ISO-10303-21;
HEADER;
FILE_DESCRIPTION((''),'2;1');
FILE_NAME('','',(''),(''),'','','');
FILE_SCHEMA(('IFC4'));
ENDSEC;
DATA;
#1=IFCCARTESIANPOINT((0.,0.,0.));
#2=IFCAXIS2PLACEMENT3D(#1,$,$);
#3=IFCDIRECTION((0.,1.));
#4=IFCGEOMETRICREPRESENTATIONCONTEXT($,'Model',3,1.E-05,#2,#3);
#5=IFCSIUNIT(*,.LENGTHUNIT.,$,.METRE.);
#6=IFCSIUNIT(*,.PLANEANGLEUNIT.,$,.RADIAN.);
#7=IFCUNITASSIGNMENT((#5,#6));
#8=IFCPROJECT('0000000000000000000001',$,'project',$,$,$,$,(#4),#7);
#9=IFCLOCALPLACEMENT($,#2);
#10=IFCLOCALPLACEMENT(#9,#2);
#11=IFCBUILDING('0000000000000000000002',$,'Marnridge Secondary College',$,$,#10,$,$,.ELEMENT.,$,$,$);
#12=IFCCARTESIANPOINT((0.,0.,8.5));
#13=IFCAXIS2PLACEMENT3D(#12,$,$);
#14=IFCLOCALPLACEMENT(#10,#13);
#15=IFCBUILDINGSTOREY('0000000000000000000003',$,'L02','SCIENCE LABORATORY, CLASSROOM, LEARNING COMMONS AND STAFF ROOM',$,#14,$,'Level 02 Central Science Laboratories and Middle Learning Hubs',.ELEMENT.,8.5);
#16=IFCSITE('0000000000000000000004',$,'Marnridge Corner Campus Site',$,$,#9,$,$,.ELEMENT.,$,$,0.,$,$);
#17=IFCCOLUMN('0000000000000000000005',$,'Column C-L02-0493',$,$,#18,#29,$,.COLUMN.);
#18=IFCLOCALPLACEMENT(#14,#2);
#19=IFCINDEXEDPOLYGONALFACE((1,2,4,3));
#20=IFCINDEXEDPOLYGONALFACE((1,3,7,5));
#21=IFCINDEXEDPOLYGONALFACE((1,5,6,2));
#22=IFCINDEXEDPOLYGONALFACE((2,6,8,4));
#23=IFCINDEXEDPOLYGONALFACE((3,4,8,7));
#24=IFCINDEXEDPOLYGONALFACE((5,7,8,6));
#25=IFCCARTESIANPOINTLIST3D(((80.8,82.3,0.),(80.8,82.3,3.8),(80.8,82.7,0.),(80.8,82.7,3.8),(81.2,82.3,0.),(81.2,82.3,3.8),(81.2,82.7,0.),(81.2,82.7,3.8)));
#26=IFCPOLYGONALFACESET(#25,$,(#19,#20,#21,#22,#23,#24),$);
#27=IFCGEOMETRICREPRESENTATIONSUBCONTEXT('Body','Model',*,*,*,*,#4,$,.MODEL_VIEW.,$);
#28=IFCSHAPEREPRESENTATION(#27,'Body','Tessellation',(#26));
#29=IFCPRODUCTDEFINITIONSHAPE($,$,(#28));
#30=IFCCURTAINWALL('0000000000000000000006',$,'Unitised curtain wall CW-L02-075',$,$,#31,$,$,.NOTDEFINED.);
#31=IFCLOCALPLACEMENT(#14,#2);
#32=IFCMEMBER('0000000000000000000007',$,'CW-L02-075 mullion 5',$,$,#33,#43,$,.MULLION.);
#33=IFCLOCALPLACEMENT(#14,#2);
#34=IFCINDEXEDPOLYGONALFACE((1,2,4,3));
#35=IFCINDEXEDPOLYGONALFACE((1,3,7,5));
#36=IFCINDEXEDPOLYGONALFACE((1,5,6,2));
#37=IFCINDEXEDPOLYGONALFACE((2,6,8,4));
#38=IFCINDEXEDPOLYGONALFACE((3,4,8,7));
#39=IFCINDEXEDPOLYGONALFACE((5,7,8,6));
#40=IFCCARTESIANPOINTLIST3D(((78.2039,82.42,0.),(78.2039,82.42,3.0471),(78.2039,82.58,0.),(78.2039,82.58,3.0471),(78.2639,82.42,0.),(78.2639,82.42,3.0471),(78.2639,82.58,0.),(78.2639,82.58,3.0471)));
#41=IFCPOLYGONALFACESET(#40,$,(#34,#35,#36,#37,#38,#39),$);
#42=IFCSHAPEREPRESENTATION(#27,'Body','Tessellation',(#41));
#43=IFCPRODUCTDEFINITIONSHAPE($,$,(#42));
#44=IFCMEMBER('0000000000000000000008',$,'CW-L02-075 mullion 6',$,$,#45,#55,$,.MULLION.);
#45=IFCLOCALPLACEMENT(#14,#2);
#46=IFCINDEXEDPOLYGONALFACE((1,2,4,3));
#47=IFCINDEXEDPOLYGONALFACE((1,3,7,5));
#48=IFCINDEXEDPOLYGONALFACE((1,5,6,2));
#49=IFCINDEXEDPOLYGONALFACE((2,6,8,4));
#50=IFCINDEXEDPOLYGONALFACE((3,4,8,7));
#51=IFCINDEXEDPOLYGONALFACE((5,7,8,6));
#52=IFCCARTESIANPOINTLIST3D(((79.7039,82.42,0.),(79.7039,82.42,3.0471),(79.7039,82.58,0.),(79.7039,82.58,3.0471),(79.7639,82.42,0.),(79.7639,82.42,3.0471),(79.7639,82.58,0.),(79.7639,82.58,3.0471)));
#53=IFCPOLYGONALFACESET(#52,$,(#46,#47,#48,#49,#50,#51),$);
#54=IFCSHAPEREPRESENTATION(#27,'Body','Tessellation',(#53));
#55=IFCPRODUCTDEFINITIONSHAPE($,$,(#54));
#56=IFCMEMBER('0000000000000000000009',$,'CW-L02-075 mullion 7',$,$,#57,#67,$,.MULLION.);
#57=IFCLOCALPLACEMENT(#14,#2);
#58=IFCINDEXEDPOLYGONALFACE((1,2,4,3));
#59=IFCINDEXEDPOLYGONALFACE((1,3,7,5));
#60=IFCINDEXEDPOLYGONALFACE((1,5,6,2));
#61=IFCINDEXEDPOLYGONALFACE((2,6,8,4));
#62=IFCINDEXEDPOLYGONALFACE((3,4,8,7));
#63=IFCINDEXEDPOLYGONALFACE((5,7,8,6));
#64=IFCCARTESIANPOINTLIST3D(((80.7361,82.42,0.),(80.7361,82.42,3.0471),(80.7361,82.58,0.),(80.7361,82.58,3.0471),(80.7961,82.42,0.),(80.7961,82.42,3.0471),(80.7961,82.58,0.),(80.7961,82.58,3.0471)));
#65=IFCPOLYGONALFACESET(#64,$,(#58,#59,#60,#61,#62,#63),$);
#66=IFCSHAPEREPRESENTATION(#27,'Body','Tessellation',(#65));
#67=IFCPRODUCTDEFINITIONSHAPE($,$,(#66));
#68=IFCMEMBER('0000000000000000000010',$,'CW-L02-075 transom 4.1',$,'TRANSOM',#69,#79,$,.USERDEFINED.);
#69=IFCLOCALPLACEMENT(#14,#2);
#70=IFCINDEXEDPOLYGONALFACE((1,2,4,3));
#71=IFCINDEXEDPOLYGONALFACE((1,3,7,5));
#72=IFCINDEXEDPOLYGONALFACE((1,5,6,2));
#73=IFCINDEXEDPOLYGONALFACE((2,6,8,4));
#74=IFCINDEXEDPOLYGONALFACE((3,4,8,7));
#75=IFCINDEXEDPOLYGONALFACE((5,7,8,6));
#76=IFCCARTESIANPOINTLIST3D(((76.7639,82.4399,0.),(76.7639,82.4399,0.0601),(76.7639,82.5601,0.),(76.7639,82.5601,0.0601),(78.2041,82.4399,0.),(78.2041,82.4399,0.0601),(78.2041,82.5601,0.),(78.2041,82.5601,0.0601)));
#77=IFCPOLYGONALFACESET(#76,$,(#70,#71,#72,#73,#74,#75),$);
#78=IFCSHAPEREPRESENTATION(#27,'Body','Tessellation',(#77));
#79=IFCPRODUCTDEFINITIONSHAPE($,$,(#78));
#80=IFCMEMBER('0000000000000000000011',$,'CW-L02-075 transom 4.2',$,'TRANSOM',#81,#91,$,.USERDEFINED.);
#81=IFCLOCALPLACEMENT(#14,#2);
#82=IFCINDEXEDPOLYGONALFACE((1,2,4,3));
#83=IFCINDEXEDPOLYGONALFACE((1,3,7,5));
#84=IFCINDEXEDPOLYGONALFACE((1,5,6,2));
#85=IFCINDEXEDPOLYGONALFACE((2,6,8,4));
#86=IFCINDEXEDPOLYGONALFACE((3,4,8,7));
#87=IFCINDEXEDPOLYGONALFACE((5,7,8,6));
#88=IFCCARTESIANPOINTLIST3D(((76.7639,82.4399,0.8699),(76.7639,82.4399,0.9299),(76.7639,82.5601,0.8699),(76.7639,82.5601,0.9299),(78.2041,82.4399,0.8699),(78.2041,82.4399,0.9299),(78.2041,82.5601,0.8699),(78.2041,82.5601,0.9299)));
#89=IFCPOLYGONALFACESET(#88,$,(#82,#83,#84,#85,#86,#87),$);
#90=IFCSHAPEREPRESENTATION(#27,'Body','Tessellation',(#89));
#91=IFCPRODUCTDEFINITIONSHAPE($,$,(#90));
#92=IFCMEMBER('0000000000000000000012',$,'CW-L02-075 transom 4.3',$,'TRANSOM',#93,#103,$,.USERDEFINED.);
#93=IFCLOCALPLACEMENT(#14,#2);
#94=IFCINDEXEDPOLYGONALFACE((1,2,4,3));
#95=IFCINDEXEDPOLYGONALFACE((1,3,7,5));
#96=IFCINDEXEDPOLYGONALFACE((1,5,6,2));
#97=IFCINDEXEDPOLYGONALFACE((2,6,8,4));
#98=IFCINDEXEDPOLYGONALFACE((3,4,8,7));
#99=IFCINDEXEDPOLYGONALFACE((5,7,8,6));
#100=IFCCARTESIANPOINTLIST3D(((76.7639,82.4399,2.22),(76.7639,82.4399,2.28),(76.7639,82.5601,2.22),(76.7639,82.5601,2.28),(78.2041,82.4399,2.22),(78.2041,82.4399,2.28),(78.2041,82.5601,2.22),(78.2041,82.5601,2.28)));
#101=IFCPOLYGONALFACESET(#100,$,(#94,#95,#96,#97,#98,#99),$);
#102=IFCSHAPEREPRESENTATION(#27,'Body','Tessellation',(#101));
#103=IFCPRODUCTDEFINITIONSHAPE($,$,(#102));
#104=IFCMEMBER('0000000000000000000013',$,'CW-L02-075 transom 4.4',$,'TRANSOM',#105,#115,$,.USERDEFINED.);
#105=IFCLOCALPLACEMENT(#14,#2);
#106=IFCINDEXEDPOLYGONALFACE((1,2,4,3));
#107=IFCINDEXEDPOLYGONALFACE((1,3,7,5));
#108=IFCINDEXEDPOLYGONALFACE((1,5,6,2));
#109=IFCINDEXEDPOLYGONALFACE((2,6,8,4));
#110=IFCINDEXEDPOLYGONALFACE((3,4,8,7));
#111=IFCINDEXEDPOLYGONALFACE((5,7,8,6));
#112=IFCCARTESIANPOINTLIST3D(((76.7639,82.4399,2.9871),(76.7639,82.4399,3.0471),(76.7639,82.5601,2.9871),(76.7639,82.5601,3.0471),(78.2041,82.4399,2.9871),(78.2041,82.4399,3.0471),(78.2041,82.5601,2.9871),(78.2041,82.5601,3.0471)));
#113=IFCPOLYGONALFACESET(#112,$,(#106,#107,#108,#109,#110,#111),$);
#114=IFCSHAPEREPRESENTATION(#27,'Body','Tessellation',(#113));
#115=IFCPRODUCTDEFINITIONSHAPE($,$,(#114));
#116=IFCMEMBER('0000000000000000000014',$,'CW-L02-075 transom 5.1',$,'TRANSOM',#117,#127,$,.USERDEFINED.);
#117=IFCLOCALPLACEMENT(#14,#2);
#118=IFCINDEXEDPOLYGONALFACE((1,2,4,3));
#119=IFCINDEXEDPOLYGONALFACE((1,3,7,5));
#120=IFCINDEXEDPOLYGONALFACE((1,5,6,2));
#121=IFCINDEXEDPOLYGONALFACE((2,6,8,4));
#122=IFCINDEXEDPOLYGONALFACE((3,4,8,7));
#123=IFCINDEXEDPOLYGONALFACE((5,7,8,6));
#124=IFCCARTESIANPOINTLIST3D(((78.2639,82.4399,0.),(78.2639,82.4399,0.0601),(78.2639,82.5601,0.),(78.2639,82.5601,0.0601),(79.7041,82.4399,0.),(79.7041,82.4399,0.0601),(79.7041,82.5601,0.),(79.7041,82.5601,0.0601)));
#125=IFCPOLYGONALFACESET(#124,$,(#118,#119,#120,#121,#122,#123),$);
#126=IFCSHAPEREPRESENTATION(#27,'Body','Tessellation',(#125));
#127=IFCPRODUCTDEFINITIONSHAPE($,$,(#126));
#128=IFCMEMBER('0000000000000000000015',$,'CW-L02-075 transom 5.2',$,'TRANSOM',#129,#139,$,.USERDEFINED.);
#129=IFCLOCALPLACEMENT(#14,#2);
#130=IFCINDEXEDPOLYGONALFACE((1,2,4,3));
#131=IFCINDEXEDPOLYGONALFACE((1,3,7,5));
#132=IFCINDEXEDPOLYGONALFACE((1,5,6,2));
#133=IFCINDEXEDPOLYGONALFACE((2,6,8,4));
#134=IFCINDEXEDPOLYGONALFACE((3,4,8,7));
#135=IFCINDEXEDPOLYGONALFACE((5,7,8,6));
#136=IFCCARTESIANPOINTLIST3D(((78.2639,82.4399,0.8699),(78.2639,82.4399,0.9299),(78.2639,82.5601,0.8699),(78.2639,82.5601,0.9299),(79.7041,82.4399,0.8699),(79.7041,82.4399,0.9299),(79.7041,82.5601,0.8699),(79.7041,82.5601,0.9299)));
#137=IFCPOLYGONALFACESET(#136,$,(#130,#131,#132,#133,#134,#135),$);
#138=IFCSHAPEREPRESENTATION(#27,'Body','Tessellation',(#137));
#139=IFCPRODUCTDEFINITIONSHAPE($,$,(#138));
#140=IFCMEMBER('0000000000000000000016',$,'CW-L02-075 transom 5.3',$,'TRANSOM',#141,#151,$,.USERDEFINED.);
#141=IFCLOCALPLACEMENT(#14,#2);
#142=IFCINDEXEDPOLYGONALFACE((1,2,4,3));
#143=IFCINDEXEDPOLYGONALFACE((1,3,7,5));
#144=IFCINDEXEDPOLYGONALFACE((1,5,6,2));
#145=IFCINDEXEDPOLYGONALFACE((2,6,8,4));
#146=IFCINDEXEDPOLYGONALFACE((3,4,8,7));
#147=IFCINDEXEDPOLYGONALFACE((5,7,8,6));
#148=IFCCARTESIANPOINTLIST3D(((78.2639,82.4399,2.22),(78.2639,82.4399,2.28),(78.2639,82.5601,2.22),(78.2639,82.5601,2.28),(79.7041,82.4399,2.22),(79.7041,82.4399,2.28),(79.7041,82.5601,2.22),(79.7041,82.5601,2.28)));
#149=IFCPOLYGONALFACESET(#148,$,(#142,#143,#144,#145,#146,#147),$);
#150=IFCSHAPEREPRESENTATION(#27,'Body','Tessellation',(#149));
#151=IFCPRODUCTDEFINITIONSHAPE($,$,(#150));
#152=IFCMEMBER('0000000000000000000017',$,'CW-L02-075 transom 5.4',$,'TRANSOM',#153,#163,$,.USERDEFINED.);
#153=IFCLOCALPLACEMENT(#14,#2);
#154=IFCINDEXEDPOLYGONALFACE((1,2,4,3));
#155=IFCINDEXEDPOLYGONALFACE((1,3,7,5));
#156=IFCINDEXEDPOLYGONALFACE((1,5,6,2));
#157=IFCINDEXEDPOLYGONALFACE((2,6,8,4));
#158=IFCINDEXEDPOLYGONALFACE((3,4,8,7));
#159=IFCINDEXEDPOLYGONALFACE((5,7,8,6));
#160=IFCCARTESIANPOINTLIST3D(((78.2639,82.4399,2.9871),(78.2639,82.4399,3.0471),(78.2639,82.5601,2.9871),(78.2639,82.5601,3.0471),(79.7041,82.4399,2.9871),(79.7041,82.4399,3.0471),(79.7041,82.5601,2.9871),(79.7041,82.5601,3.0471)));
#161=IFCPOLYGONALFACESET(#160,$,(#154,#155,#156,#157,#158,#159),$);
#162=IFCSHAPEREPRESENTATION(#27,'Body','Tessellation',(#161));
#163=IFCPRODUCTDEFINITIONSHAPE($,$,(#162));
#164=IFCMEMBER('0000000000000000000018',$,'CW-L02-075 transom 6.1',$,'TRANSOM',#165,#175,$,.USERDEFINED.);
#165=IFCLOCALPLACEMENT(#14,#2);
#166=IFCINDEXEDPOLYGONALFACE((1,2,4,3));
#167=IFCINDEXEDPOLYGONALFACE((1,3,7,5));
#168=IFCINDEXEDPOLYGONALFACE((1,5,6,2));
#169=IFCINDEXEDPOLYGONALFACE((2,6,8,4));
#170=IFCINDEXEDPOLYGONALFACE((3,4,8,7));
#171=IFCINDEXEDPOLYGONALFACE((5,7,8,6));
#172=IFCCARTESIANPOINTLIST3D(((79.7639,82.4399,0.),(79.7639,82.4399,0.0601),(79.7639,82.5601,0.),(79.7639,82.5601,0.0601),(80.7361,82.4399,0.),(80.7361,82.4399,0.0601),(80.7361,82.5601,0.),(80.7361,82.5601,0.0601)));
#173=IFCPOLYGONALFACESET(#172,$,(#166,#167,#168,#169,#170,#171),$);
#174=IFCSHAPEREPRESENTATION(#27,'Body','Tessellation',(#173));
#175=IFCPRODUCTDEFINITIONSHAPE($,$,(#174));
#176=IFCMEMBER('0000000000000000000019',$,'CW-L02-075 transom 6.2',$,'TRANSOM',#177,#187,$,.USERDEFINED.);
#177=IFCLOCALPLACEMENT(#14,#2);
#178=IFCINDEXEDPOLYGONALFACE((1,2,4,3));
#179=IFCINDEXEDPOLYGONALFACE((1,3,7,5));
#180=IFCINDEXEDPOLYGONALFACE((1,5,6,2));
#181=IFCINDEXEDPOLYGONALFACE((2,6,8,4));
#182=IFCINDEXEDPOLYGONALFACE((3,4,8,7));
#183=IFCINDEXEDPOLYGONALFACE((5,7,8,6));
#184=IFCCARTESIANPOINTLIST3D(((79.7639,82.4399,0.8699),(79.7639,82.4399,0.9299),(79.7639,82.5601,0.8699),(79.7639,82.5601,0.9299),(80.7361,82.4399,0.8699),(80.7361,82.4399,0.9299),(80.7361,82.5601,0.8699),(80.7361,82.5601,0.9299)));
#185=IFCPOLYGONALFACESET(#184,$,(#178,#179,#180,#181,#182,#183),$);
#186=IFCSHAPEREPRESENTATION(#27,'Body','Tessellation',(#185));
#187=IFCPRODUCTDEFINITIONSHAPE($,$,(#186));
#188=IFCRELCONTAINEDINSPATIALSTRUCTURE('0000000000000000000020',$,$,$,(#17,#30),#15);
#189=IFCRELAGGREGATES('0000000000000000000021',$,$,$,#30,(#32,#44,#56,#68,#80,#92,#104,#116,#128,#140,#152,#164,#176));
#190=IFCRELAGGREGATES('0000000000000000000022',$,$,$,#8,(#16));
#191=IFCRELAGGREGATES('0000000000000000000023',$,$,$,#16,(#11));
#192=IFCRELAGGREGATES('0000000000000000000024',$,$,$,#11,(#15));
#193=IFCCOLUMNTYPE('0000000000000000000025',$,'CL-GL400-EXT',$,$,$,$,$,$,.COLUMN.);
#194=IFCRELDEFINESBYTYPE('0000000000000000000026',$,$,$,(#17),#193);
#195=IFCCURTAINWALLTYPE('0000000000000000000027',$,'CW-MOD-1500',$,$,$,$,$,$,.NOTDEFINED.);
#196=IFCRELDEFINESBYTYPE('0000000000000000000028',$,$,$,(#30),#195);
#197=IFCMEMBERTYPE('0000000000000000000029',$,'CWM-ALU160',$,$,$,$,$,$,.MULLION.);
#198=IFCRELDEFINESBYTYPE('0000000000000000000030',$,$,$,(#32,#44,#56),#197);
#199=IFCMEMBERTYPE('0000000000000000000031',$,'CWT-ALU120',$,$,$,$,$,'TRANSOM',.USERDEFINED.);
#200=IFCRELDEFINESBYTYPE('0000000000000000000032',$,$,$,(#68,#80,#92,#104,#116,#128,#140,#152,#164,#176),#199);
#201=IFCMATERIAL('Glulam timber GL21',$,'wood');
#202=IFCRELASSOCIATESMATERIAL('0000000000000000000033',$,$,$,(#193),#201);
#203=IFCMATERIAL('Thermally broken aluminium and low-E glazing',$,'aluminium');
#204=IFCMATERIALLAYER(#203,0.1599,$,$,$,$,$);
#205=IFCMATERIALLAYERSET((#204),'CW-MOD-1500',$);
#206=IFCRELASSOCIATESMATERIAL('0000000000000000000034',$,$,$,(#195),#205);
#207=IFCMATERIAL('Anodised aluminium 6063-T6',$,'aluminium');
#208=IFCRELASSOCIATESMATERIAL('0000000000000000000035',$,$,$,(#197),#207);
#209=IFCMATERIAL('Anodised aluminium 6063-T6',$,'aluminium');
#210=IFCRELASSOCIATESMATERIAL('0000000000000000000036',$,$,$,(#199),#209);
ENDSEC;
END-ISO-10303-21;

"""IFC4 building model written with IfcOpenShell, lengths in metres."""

from ifc_helpers import new_model, si_unit, direction, frame, origin, origin_2d, place, context, subcontext, project, spatial, rectangle, extrude, material, layer, layer_set, material_profile, profile_set, type_object, element, aggregate, save


model = new_model("IFC4")

# Units and contexts
model_context = context("Model", 3, precision=1e-05, world=origin(), true_north=direction((0.0, 1.0)))
body_context = subcontext(model_context, "Body", "Model", "MODEL_VIEW")
ifc_project = project(units=[si_unit("LENGTHUNIT", "METRE"), si_unit("PLANEANGLEUNIT", "RADIAN")], contexts=[model_context])

# Site, building, storey
site_placement = place(None, origin())
site = spatial("IfcSite", under=ifc_project, at=site_placement, Name="Marnridge Corner Campus Site", CompositionType="ELEMENT", RefElevation=0.0)
building_placement = place(site_placement, origin())
building = spatial("IfcBuilding", under=site, at=building_placement, Name="Marnridge Secondary College", CompositionType="ELEMENT")
storey_placement = place(building_placement, frame((0.0, 0.0, 8.5)))
storey = spatial("IfcBuildingStorey", under=building, at=storey_placement, Name="L02", Description="SCIENCE LABORATORY, CLASSROOM, LEARNING COMMONS AND STAFF ROOM", LongName="Level 02 Central Science Laboratories and Middle Learning Hubs", CompositionType="ELEMENT", Elevation=8.5)

# Column
ifc_material_1 = material(Name="Glulam timber GL21", Category="wood")
ifc_material_profile_1 = material_profile(ifc_material_1, rectangle(XDim=0.3999, YDim=0.3999, at=origin_2d()), Name="GL21 400x400")
ifc_profile_set_1 = profile_set([ifc_material_profile_1], Name="Glulam timber GL21")
column_type = type_object("IfcColumnType", Name="CL-GL400-EXT", PredefinedType="COLUMN", material=ifc_profile_set_1)
column_placement = place(storey_placement, frame((81.0, 82.5, 0.0), z_axis=(0.0, 0.0, 1.0), x_axis=(1.0, 0.0, 0.0)))
element("IfcColumn", 1, at=column_placement, inside=storey, type_object=column_type, Name="Column C-L02-0493", PredefinedType="COLUMN", context=body_context, shape_type="SweptSolid", body=[
    extrude(rectangle(XDim=0.3999, YDim=0.3999, at=origin_2d()), origin(), (0.0, 0.0, 1.0), 3.8),
])

# Curtain wall, members
ifc_material_2 = material(Name="Thermally broken aluminium and low-E glazing", Category="aluminium")
ifc_layer_1 = layer(ifc_material_2, 0.1599)
ifc_layer_set_1 = layer_set([ifc_layer_1], Name="CW-MOD-1500")
curtain_wall_type = type_object("IfcCurtainWallType", Name="CW-MOD-1500", PredefinedType="NOTDEFINED", material=ifc_layer_set_1)
curtain_wall_placement = place(storey_placement, origin())
curtain_wall = element("IfcCurtainWall", 2, at=curtain_wall_placement, inside=storey, type_object=curtain_wall_type, Name="Unitised curtain wall CW-L02-075", PredefinedType="NOTDEFINED")
ifc_material_3 = material(Name="Anodised aluminium 6063-T6", Category="aluminium")
ifc_material_profile_2 = material_profile(ifc_material_3, rectangle(XDim=0.0601, YDim=0.1599, at=origin_2d()), Name="ALU 60x160")
ifc_profile_set_2 = profile_set([ifc_material_profile_2], Name="Anodised aluminium 6063-T6")
member_type_1 = type_object("IfcMemberType", Name="CWM-ALU160", PredefinedType="MULLION", material=ifc_profile_set_2)
member_1_placement = place(storey_placement, frame((78.2339, 82.5, 0.0), z_axis=(0.0, 0.0, 1.0), x_axis=(1.0, 0.0, 0.0)))
member_1 = element("IfcMember", 3, at=member_1_placement, type_object=member_type_1, Name="CW-L02-075 mullion 5", PredefinedType="MULLION", context=body_context, shape_type="SweptSolid", body=[
    extrude(rectangle(XDim=0.0601, YDim=0.1599, at=origin_2d()), origin(), (0.0, 0.0, 1.0), 3.0471),
])
member_2_placement = place(storey_placement, frame((79.7339, 82.5, 0.0), z_axis=(0.0, 0.0, 1.0), x_axis=(1.0, 0.0, 0.0)))
member_2 = element("IfcMember", 4, at=member_2_placement, type_object=member_type_1, Name="CW-L02-075 mullion 6", PredefinedType="MULLION", context=body_context, shape_type="SweptSolid", body=[
    extrude(rectangle(XDim=0.0601, YDim=0.1599, at=origin_2d()), origin(), (0.0, 0.0, 1.0), 3.0471),
])
member_3_placement = place(storey_placement, frame((80.7661, 82.5, 0.0), z_axis=(0.0, 0.0, 1.0), x_axis=(1.0, 0.0, 0.0)))
member_3 = element("IfcMember", 5, at=member_3_placement, type_object=member_type_1, Name="CW-L02-075 mullion 7", PredefinedType="MULLION", context=body_context, shape_type="SweptSolid", body=[
    extrude(rectangle(XDim=0.0601, YDim=0.1599, at=origin_2d()), origin(), (0.0, 0.0, 1.0), 3.0471),
])
ifc_material_4 = material(Name="Anodised aluminium 6063-T6", Category="aluminium")
ifc_material_profile_3 = material_profile(ifc_material_4, rectangle(XDim=0.0601, YDim=0.1201, at=origin_2d()), Name="ALU 60x120")
ifc_profile_set_3 = profile_set([ifc_material_profile_3], Name="Anodised aluminium 6063-T6")
member_type_2 = type_object("IfcMemberType", Name="CWT-ALU120", ElementType="TRANSOM", PredefinedType="USERDEFINED", material=ifc_profile_set_3)
member_4_placement = place(storey_placement, frame((76.7639, 82.5, 0.03), z_axis=(1.0, 0.0, 0.0), x_axis=(0.0, 0.0, 1.0)))
member_4 = element("IfcMember", 6, at=member_4_placement, type_object=member_type_2, Name="CW-L02-075 transom 4.1", ObjectType="TRANSOM", PredefinedType="USERDEFINED", context=body_context, shape_type="SweptSolid", body=[
    extrude(rectangle(XDim=0.0601, YDim=0.1201, at=origin_2d()), origin(), (0.0, 0.0, 1.0), 1.4402),
])
member_5_placement = place(storey_placement, frame((76.7639, 82.5, 0.8999), z_axis=(1.0, 0.0, 0.0), x_axis=(0.0, 0.0, 1.0)))
member_5 = element("IfcMember", 7, at=member_5_placement, type_object=member_type_2, Name="CW-L02-075 transom 4.2", ObjectType="TRANSOM", PredefinedType="USERDEFINED", context=body_context, shape_type="SweptSolid", body=[
    extrude(rectangle(XDim=0.0601, YDim=0.1201, at=origin_2d()), origin(), (0.0, 0.0, 1.0), 1.4402),
])
member_6_placement = place(storey_placement, frame((76.7639, 82.5, 2.25), z_axis=(1.0, 0.0, 0.0), x_axis=(0.0, 0.0, 1.0)))
member_6 = element("IfcMember", 8, at=member_6_placement, type_object=member_type_2, Name="CW-L02-075 transom 4.3", ObjectType="TRANSOM", PredefinedType="USERDEFINED", context=body_context, shape_type="SweptSolid", body=[
    extrude(rectangle(XDim=0.0601, YDim=0.1201, at=origin_2d()), origin(), (0.0, 0.0, 1.0), 1.4402),
])
member_7_placement = place(storey_placement, frame((76.7639, 82.5, 3.0171), z_axis=(1.0, 0.0, 0.0), x_axis=(0.0, 0.0, 1.0)))
member_7 = element("IfcMember", 9, at=member_7_placement, type_object=member_type_2, Name="CW-L02-075 transom 4.4", ObjectType="TRANSOM", PredefinedType="USERDEFINED", context=body_context, shape_type="SweptSolid", body=[
    extrude(rectangle(XDim=0.0601, YDim=0.1201, at=origin_2d()), origin(), (0.0, 0.0, 1.0), 1.4402),
])
member_8_placement = place(storey_placement, frame((78.2639, 82.5, 0.03), z_axis=(1.0, 0.0, 0.0), x_axis=(0.0, 0.0, 1.0)))
member_8 = element("IfcMember", 10, at=member_8_placement, type_object=member_type_2, Name="CW-L02-075 transom 5.1", ObjectType="TRANSOM", PredefinedType="USERDEFINED", context=body_context, shape_type="SweptSolid", body=[
    extrude(rectangle(XDim=0.0601, YDim=0.1201, at=origin_2d()), origin(), (0.0, 0.0, 1.0), 1.4402),
])
member_9_placement = place(storey_placement, frame((78.2639, 82.5, 0.8999), z_axis=(1.0, 0.0, 0.0), x_axis=(0.0, 0.0, 1.0)))
member_9 = element("IfcMember", 11, at=member_9_placement, type_object=member_type_2, Name="CW-L02-075 transom 5.2", ObjectType="TRANSOM", PredefinedType="USERDEFINED", context=body_context, shape_type="SweptSolid", body=[
    extrude(rectangle(XDim=0.0601, YDim=0.1201, at=origin_2d()), origin(), (0.0, 0.0, 1.0), 1.4402),
])
member_10_placement = place(storey_placement, frame((78.2639, 82.5, 2.25), z_axis=(1.0, 0.0, 0.0), x_axis=(0.0, 0.0, 1.0)))
member_10 = element("IfcMember", 12, at=member_10_placement, type_object=member_type_2, Name="CW-L02-075 transom 5.3", ObjectType="TRANSOM", PredefinedType="USERDEFINED", context=body_context, shape_type="SweptSolid", body=[
    extrude(rectangle(XDim=0.0601, YDim=0.1201, at=origin_2d()), origin(), (0.0, 0.0, 1.0), 1.4402),
])
member_11_placement = place(storey_placement, frame((78.2639, 82.5, 3.0171), z_axis=(1.0, 0.0, 0.0), x_axis=(0.0, 0.0, 1.0)))
member_11 = element("IfcMember", 13, at=member_11_placement, type_object=member_type_2, Name="CW-L02-075 transom 5.4", ObjectType="TRANSOM", PredefinedType="USERDEFINED", context=body_context, shape_type="SweptSolid", body=[
    extrude(rectangle(XDim=0.0601, YDim=0.1201, at=origin_2d()), origin(), (0.0, 0.0, 1.0), 1.4402),
])
member_12_placement = place(storey_placement, frame((79.7639, 82.5, 0.03), z_axis=(1.0, 0.0, 0.0), x_axis=(0.0, 0.0, 1.0)))
member_12 = element("IfcMember", 14, at=member_12_placement, type_object=member_type_2, Name="CW-L02-075 transom 6.1", ObjectType="TRANSOM", PredefinedType="USERDEFINED", context=body_context, shape_type="SweptSolid", body=[
    extrude(rectangle(XDim=0.0601, YDim=0.1201, at=origin_2d()), origin(), (0.0, 0.0, 1.0), 0.9722),
])
member_13_placement = place(storey_placement, frame((79.7639, 82.5, 0.8999), z_axis=(1.0, 0.0, 0.0), x_axis=(0.0, 0.0, 1.0)))
member_13 = element("IfcMember", 15, at=member_13_placement, type_object=member_type_2, Name="CW-L02-075 transom 6.2", ObjectType="TRANSOM", PredefinedType="USERDEFINED", context=body_context, shape_type="SweptSolid", body=[
    extrude(rectangle(XDim=0.0601, YDim=0.1201, at=origin_2d()), origin(), (0.0, 0.0, 1.0), 0.9722),
])
aggregate(curtain_wall, [member_1, member_2, member_3, member_4, member_5, member_6, member_7, member_8, member_9, member_10, member_11, member_12, member_13])

save(model, "model.ifc")
